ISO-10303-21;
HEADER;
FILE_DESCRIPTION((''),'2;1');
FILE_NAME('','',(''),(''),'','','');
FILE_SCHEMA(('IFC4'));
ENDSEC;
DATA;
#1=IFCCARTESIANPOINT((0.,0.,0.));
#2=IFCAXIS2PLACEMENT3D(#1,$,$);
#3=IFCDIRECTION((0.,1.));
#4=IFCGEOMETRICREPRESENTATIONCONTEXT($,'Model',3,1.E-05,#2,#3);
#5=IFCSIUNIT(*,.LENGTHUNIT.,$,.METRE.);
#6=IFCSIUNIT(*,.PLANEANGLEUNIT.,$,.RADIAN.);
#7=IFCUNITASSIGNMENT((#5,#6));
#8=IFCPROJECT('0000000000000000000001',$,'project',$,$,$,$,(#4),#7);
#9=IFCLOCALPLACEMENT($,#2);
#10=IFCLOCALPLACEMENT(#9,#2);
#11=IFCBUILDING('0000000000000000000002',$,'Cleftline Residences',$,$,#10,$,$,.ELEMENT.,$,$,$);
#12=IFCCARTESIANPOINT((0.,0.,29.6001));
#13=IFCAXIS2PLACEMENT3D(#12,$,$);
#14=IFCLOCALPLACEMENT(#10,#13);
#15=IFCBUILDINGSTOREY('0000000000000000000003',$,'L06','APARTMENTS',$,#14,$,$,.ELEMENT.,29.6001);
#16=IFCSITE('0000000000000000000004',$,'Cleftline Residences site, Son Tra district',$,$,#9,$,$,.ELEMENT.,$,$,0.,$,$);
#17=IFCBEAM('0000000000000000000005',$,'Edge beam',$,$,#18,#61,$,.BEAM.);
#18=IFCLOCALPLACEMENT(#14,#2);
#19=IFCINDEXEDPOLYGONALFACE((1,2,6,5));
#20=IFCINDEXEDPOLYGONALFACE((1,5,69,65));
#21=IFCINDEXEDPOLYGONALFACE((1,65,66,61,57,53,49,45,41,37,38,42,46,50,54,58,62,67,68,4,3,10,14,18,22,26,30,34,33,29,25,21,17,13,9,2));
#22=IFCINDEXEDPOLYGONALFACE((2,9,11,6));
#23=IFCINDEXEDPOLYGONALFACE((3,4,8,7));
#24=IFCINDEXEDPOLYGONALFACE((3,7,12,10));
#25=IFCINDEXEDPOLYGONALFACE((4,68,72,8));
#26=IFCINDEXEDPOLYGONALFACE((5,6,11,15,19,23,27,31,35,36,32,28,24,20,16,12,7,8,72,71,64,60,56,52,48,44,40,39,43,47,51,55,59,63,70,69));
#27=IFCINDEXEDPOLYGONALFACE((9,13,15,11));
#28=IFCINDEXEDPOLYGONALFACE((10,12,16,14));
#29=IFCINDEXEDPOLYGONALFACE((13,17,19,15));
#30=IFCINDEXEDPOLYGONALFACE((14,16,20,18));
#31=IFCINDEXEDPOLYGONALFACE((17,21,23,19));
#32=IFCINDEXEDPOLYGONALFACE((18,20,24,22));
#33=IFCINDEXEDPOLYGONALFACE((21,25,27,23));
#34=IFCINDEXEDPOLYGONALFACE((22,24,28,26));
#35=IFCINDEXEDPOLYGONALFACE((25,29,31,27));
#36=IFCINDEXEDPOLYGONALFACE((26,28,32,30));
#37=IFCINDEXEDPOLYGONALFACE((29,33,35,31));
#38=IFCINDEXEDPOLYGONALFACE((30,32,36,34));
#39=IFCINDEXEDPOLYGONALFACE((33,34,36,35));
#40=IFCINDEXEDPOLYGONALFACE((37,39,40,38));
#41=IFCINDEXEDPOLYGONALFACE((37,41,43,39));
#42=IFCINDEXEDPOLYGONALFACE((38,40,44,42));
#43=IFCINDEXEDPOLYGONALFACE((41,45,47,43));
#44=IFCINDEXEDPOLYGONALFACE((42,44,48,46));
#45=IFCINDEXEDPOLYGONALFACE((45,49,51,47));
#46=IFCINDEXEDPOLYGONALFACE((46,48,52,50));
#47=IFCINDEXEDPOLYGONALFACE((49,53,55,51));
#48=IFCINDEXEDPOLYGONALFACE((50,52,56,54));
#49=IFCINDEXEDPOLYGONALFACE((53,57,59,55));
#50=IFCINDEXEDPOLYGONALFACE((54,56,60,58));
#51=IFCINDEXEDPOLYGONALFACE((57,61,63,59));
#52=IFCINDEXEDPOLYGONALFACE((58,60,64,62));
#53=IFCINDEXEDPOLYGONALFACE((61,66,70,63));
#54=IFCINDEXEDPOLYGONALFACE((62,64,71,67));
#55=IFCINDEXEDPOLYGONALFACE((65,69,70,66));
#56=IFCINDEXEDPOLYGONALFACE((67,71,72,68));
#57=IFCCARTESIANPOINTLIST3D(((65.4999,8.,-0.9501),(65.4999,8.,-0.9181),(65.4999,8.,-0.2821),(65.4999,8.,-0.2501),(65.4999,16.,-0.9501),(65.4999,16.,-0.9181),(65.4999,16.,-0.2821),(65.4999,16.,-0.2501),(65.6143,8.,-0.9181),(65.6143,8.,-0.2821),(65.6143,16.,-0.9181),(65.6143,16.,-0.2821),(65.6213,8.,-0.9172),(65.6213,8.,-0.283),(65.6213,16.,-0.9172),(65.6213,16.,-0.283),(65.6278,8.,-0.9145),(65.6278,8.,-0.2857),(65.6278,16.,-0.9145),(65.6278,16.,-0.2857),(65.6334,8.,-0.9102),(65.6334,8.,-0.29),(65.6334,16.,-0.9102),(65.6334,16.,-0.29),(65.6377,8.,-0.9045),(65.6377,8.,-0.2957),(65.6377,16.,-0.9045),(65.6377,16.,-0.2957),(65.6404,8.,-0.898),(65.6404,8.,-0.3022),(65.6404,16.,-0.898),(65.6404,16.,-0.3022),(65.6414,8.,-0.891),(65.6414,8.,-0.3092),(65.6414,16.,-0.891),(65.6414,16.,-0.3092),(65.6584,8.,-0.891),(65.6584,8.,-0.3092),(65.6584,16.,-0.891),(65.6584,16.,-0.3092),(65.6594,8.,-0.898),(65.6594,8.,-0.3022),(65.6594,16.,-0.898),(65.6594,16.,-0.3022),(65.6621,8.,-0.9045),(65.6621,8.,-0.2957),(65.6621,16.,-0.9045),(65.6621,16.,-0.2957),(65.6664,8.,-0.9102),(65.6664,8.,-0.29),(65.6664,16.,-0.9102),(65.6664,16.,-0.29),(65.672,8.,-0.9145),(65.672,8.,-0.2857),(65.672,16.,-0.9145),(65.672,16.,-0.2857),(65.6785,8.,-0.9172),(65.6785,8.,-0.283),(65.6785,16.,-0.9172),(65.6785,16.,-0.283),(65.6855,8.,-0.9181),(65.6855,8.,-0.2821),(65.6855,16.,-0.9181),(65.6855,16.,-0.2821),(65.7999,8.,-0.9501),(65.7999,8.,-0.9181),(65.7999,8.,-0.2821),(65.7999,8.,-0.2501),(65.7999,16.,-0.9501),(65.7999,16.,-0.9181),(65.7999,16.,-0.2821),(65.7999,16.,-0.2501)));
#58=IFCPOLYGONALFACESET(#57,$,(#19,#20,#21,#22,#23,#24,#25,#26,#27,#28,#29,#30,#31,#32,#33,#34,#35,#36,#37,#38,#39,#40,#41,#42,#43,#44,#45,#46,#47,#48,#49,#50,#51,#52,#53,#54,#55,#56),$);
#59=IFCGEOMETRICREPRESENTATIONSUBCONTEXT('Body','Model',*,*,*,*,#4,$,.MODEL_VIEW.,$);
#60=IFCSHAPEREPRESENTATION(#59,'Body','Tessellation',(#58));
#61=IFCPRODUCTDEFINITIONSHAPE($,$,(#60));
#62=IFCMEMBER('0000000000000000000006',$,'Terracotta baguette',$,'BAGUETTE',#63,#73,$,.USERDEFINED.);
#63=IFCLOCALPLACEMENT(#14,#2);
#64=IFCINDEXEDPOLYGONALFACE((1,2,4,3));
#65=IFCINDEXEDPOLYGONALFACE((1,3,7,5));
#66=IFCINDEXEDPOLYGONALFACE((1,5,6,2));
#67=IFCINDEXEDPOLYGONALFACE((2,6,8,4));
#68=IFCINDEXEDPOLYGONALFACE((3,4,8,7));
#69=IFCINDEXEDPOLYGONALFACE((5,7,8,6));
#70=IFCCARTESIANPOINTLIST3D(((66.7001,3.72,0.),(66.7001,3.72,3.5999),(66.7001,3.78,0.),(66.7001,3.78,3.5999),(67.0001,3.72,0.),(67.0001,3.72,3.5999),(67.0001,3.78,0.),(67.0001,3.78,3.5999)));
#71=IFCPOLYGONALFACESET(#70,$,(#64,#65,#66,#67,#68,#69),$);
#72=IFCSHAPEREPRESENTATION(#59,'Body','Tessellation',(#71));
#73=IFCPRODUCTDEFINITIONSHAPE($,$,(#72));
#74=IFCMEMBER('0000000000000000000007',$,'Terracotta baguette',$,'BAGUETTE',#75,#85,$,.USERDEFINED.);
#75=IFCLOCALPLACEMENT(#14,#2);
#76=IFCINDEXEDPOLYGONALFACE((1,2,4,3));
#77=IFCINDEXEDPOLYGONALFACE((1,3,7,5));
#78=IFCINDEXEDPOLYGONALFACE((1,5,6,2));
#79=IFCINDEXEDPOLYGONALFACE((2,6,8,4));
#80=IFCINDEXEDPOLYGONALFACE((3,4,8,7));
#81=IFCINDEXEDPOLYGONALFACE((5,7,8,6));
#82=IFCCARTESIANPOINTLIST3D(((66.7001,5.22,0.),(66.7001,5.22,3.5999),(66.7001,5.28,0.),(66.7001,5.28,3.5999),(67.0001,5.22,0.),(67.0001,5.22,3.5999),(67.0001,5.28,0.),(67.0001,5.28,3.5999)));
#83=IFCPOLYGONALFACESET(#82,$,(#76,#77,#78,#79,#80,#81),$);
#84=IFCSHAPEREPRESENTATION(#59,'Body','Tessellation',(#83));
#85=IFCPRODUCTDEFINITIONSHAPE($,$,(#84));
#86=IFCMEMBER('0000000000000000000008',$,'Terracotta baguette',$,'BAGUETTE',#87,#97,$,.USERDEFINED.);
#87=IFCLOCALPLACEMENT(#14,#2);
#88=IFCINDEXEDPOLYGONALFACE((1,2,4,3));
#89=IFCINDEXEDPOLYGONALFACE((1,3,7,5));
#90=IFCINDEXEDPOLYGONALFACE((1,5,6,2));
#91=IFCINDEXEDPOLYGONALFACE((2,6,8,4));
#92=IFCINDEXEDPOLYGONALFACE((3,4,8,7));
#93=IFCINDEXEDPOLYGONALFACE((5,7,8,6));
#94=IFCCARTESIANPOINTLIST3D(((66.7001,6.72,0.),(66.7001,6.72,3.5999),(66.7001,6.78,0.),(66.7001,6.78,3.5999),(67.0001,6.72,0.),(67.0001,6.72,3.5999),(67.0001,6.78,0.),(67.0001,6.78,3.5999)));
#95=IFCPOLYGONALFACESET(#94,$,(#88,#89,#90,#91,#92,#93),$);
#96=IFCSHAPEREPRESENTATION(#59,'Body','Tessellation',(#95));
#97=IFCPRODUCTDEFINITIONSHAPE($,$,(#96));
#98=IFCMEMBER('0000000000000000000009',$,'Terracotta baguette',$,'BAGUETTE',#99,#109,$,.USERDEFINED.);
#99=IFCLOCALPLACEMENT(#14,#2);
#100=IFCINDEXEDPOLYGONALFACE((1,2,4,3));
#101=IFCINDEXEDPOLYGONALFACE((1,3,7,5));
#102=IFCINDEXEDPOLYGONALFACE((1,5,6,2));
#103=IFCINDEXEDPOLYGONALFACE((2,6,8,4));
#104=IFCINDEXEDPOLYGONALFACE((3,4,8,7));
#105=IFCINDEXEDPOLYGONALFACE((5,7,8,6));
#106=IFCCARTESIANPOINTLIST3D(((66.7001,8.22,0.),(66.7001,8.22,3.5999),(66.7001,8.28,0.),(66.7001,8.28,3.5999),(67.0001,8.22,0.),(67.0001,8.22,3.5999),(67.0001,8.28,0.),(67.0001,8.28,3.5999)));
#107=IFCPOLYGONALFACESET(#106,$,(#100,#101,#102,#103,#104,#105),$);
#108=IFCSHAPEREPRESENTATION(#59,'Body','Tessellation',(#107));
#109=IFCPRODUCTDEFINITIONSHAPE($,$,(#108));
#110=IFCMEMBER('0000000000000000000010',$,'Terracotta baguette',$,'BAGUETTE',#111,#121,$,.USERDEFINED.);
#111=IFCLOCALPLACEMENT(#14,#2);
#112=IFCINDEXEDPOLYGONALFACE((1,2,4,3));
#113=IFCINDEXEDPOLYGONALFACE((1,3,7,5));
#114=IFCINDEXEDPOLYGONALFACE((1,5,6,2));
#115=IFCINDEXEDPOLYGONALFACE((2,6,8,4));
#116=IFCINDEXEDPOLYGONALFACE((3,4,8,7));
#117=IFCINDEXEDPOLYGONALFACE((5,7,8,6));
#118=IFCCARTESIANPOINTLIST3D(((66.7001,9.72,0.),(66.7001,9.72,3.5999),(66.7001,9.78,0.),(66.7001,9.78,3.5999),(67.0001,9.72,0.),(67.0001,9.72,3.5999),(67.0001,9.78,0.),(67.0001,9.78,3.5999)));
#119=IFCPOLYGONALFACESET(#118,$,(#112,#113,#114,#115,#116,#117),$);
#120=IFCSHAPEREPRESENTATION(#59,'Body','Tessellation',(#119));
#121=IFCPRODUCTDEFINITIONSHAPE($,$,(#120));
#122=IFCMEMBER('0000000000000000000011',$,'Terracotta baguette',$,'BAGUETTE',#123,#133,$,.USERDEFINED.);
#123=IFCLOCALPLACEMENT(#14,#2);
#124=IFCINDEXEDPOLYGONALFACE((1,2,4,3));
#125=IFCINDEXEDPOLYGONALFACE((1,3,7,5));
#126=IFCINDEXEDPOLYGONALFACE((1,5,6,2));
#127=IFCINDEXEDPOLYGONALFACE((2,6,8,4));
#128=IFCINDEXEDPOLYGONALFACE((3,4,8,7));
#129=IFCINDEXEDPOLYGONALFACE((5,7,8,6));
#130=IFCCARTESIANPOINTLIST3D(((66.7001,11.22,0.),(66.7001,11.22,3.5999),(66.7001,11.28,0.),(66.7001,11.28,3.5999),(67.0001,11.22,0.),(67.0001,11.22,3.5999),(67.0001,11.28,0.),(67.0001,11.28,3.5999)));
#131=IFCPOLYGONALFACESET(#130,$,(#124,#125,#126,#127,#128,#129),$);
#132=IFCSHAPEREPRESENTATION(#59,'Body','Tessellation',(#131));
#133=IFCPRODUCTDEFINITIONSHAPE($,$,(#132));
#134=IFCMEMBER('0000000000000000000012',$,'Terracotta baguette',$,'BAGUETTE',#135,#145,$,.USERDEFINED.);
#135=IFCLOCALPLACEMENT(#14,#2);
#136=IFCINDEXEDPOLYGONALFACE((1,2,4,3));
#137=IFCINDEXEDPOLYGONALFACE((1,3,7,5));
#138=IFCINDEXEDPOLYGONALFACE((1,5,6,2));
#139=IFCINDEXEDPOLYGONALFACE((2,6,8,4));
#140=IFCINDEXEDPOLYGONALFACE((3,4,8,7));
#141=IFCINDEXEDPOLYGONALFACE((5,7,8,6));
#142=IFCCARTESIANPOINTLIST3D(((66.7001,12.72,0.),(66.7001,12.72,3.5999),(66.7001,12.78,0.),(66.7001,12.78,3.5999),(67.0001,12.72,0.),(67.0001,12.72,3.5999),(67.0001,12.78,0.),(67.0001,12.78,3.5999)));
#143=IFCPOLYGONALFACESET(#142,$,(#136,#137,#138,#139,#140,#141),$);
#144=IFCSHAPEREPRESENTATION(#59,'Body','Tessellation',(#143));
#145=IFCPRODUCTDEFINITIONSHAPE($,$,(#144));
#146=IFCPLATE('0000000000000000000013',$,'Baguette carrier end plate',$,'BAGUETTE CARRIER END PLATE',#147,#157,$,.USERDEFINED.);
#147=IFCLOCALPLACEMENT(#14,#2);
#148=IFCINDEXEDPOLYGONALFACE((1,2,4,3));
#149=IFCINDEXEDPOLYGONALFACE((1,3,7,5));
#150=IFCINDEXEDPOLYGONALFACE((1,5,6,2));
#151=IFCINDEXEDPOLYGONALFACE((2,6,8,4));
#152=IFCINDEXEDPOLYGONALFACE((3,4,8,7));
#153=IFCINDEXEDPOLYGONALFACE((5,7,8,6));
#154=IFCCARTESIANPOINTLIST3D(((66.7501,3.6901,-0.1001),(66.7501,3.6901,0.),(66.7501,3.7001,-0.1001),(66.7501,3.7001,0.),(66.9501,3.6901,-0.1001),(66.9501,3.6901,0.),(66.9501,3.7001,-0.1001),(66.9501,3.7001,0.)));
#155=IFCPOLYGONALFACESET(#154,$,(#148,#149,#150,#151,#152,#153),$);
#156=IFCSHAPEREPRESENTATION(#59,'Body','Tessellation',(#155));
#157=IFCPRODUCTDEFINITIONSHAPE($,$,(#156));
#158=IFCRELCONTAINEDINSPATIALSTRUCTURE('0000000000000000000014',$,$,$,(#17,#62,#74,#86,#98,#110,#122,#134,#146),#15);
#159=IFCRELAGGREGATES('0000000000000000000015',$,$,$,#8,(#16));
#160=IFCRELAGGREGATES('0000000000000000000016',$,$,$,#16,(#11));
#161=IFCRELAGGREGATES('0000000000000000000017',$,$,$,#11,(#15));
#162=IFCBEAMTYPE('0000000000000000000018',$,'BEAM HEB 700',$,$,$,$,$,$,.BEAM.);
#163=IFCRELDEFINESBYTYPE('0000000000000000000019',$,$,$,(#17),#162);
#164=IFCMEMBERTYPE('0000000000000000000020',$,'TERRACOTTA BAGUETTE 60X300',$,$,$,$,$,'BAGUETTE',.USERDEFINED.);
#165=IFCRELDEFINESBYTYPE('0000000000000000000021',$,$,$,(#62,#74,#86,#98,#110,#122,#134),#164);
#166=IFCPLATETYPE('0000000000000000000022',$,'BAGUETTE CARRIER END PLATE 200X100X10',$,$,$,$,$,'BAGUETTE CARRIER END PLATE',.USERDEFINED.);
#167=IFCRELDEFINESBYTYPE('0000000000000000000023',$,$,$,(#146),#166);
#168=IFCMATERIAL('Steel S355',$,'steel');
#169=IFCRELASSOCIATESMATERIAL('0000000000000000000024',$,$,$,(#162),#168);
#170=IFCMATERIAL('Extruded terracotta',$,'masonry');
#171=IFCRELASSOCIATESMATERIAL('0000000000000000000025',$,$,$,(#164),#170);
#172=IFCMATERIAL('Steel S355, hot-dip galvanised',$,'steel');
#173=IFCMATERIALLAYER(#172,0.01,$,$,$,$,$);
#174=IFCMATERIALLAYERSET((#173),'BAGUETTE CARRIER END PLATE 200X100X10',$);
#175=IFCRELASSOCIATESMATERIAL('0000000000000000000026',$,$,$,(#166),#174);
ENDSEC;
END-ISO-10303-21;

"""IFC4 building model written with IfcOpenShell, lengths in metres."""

from ifc_helpers import new_model, si_unit, direction, frame, origin, origin_2d, place, context, subcontext, project, spatial, rectangle, i_section, extrude, material, layer, layer_set, material_profile, profile_set, type_object, element, save


model = new_model("IFC4")

# Units and contexts
model_context = context("Model", 3, precision=1e-05, world=origin(), true_north=direction((0.0, 1.0)))
body_context = subcontext(model_context, "Body", "Model", "MODEL_VIEW")
ifc_project = project(units=[si_unit("LENGTHUNIT", "METRE"), si_unit("PLANEANGLEUNIT", "RADIAN")], contexts=[model_context])

# Site, building, storey
site_placement = place(None, origin())
site = spatial("IfcSite", under=ifc_project, at=site_placement, Name="Cleftline Residences site, Son Tra district", CompositionType="ELEMENT", RefElevation=0.0)
building_placement = place(site_placement, origin())
building = spatial("IfcBuilding", under=site, at=building_placement, Name="Cleftline Residences", CompositionType="ELEMENT")
storey_placement = place(building_placement, frame((0.0, 0.0, 29.6001)))
storey = spatial("IfcBuildingStorey", under=building, at=storey_placement, Name="L06", Description="APARTMENTS", CompositionType="ELEMENT", Elevation=29.6001)

# Beam
ifc_material_1 = material(Name="Steel S355", Category="steel")
ifc_material_profile_1 = material_profile(ifc_material_1, i_section(OverallWidth=0.3, OverallDepth=0.7, WebThickness=0.0171, FlangeThickness=0.032, FilletRadius=0.0271, at=origin_2d()))
ifc_profile_set_1 = profile_set([ifc_material_profile_1], Name="Steel S355")
beam_type = type_object("IfcBeamType", Name="BEAM HEB 700", PredefinedType="BEAM", material=ifc_profile_set_1)
beam_placement = place(storey_placement, frame((65.6499, 8.0, -0.6001), z_axis=(0.0, 1.0, 0.0), x_axis=(-1.0, 0.0, 0.0)))
element("IfcBeam", 1, at=beam_placement, inside=storey, type_object=beam_type, Name="Edge beam", PredefinedType="BEAM", context=body_context, shape_type="SweptSolid", body=[
    extrude(i_section(OverallWidth=0.3, OverallDepth=0.7, WebThickness=0.0171, FlangeThickness=0.032, FilletRadius=0.0271, at=origin_2d()), origin(), (0.0, 0.0, 1.0), 8.0),
])

# Members
ifc_material_2 = material(Name="Extruded terracotta", Category="masonry")
ifc_material_profile_2 = material_profile(ifc_material_2, rectangle(XDim=0.0601, YDim=0.3, at=origin_2d()))
ifc_profile_set_2 = profile_set([ifc_material_profile_2], Name="Extruded terracotta")
member_type_1 = type_object("IfcMemberType", Name="TERRACOTTA BAGUETTE 60X300", ElementType="BAGUETTE", PredefinedType="USERDEFINED", material=ifc_profile_set_2)
for number, where, z_axis, x_axis, name in (
    (2, (66.8501, 3.75, 0.0), (0.0, 0.0, 1.0), (0.0, 1.0, 0.0), "Terracotta baguette"),
    (3, (66.8501, 5.25, 0.0), (0.0, 0.0, 1.0), (0.0, 1.0, 0.0), "Terracotta baguette"),
    (4, (66.8501, 6.75, 0.0), (0.0, 0.0, 1.0), (0.0, 1.0, 0.0), "Terracotta baguette"),
    (5, (66.8501, 8.25, 0.0), (0.0, 0.0, 1.0), (0.0, 1.0, 0.0), "Terracotta baguette"),
    (6, (66.8501, 9.75, 0.0), (0.0, 0.0, 1.0), (0.0, 1.0, 0.0), "Terracotta baguette"),
    (7, (66.8501, 11.25, 0.0), (0.0, 0.0, 1.0), (0.0, 1.0, 0.0), "Terracotta baguette"),
    (8, (66.8501, 12.75, 0.0), (0.0, 0.0, 1.0), (0.0, 1.0, 0.0), "Terracotta baguette"),
):
    element("IfcMember", number, at=place(storey_placement, frame(where, z_axis=z_axis, x_axis=x_axis)), inside=storey, type_object=member_type_1, Name=name, ObjectType="BAGUETTE", PredefinedType="USERDEFINED", context=body_context, shape_type="SweptSolid", body=[
        extrude(rectangle(XDim=0.0601, YDim=0.3, at=origin_2d()), origin(), (0.0, 0.0, 1.0), 3.5999),
    ])

# Plate
ifc_material_3 = material(Name="Steel S355, hot-dip galvanised", Category="steel")
ifc_layer_1 = layer(ifc_material_3, 0.01)
ifc_layer_set_1 = layer_set([ifc_layer_1], Name="BAGUETTE CARRIER END PLATE 200X100X10")
plate_type = type_object("IfcPlateType", Name="BAGUETTE CARRIER END PLATE 200X100X10", ElementType="BAGUETTE CARRIER END PLATE", PredefinedType="USERDEFINED", material=ifc_layer_set_1)
plate_placement = place(storey_placement, frame((66.8501, 3.6951, -0.1001), z_axis=(0.0, 0.0, 1.0), x_axis=(1.0, 0.0, 0.0)))
element("IfcPlate", 9, at=plate_placement, inside=storey, type_object=plate_type, Name="Baguette carrier end plate", ObjectType="BAGUETTE CARRIER END PLATE", PredefinedType="USERDEFINED", context=body_context, shape_type="SweptSolid", body=[
    extrude(rectangle(XDim=0.2, YDim=0.01, at=origin_2d()), origin(), (0.0, 0.0, 1.0), 0.1001),
])

save(model, "model.ifc")
